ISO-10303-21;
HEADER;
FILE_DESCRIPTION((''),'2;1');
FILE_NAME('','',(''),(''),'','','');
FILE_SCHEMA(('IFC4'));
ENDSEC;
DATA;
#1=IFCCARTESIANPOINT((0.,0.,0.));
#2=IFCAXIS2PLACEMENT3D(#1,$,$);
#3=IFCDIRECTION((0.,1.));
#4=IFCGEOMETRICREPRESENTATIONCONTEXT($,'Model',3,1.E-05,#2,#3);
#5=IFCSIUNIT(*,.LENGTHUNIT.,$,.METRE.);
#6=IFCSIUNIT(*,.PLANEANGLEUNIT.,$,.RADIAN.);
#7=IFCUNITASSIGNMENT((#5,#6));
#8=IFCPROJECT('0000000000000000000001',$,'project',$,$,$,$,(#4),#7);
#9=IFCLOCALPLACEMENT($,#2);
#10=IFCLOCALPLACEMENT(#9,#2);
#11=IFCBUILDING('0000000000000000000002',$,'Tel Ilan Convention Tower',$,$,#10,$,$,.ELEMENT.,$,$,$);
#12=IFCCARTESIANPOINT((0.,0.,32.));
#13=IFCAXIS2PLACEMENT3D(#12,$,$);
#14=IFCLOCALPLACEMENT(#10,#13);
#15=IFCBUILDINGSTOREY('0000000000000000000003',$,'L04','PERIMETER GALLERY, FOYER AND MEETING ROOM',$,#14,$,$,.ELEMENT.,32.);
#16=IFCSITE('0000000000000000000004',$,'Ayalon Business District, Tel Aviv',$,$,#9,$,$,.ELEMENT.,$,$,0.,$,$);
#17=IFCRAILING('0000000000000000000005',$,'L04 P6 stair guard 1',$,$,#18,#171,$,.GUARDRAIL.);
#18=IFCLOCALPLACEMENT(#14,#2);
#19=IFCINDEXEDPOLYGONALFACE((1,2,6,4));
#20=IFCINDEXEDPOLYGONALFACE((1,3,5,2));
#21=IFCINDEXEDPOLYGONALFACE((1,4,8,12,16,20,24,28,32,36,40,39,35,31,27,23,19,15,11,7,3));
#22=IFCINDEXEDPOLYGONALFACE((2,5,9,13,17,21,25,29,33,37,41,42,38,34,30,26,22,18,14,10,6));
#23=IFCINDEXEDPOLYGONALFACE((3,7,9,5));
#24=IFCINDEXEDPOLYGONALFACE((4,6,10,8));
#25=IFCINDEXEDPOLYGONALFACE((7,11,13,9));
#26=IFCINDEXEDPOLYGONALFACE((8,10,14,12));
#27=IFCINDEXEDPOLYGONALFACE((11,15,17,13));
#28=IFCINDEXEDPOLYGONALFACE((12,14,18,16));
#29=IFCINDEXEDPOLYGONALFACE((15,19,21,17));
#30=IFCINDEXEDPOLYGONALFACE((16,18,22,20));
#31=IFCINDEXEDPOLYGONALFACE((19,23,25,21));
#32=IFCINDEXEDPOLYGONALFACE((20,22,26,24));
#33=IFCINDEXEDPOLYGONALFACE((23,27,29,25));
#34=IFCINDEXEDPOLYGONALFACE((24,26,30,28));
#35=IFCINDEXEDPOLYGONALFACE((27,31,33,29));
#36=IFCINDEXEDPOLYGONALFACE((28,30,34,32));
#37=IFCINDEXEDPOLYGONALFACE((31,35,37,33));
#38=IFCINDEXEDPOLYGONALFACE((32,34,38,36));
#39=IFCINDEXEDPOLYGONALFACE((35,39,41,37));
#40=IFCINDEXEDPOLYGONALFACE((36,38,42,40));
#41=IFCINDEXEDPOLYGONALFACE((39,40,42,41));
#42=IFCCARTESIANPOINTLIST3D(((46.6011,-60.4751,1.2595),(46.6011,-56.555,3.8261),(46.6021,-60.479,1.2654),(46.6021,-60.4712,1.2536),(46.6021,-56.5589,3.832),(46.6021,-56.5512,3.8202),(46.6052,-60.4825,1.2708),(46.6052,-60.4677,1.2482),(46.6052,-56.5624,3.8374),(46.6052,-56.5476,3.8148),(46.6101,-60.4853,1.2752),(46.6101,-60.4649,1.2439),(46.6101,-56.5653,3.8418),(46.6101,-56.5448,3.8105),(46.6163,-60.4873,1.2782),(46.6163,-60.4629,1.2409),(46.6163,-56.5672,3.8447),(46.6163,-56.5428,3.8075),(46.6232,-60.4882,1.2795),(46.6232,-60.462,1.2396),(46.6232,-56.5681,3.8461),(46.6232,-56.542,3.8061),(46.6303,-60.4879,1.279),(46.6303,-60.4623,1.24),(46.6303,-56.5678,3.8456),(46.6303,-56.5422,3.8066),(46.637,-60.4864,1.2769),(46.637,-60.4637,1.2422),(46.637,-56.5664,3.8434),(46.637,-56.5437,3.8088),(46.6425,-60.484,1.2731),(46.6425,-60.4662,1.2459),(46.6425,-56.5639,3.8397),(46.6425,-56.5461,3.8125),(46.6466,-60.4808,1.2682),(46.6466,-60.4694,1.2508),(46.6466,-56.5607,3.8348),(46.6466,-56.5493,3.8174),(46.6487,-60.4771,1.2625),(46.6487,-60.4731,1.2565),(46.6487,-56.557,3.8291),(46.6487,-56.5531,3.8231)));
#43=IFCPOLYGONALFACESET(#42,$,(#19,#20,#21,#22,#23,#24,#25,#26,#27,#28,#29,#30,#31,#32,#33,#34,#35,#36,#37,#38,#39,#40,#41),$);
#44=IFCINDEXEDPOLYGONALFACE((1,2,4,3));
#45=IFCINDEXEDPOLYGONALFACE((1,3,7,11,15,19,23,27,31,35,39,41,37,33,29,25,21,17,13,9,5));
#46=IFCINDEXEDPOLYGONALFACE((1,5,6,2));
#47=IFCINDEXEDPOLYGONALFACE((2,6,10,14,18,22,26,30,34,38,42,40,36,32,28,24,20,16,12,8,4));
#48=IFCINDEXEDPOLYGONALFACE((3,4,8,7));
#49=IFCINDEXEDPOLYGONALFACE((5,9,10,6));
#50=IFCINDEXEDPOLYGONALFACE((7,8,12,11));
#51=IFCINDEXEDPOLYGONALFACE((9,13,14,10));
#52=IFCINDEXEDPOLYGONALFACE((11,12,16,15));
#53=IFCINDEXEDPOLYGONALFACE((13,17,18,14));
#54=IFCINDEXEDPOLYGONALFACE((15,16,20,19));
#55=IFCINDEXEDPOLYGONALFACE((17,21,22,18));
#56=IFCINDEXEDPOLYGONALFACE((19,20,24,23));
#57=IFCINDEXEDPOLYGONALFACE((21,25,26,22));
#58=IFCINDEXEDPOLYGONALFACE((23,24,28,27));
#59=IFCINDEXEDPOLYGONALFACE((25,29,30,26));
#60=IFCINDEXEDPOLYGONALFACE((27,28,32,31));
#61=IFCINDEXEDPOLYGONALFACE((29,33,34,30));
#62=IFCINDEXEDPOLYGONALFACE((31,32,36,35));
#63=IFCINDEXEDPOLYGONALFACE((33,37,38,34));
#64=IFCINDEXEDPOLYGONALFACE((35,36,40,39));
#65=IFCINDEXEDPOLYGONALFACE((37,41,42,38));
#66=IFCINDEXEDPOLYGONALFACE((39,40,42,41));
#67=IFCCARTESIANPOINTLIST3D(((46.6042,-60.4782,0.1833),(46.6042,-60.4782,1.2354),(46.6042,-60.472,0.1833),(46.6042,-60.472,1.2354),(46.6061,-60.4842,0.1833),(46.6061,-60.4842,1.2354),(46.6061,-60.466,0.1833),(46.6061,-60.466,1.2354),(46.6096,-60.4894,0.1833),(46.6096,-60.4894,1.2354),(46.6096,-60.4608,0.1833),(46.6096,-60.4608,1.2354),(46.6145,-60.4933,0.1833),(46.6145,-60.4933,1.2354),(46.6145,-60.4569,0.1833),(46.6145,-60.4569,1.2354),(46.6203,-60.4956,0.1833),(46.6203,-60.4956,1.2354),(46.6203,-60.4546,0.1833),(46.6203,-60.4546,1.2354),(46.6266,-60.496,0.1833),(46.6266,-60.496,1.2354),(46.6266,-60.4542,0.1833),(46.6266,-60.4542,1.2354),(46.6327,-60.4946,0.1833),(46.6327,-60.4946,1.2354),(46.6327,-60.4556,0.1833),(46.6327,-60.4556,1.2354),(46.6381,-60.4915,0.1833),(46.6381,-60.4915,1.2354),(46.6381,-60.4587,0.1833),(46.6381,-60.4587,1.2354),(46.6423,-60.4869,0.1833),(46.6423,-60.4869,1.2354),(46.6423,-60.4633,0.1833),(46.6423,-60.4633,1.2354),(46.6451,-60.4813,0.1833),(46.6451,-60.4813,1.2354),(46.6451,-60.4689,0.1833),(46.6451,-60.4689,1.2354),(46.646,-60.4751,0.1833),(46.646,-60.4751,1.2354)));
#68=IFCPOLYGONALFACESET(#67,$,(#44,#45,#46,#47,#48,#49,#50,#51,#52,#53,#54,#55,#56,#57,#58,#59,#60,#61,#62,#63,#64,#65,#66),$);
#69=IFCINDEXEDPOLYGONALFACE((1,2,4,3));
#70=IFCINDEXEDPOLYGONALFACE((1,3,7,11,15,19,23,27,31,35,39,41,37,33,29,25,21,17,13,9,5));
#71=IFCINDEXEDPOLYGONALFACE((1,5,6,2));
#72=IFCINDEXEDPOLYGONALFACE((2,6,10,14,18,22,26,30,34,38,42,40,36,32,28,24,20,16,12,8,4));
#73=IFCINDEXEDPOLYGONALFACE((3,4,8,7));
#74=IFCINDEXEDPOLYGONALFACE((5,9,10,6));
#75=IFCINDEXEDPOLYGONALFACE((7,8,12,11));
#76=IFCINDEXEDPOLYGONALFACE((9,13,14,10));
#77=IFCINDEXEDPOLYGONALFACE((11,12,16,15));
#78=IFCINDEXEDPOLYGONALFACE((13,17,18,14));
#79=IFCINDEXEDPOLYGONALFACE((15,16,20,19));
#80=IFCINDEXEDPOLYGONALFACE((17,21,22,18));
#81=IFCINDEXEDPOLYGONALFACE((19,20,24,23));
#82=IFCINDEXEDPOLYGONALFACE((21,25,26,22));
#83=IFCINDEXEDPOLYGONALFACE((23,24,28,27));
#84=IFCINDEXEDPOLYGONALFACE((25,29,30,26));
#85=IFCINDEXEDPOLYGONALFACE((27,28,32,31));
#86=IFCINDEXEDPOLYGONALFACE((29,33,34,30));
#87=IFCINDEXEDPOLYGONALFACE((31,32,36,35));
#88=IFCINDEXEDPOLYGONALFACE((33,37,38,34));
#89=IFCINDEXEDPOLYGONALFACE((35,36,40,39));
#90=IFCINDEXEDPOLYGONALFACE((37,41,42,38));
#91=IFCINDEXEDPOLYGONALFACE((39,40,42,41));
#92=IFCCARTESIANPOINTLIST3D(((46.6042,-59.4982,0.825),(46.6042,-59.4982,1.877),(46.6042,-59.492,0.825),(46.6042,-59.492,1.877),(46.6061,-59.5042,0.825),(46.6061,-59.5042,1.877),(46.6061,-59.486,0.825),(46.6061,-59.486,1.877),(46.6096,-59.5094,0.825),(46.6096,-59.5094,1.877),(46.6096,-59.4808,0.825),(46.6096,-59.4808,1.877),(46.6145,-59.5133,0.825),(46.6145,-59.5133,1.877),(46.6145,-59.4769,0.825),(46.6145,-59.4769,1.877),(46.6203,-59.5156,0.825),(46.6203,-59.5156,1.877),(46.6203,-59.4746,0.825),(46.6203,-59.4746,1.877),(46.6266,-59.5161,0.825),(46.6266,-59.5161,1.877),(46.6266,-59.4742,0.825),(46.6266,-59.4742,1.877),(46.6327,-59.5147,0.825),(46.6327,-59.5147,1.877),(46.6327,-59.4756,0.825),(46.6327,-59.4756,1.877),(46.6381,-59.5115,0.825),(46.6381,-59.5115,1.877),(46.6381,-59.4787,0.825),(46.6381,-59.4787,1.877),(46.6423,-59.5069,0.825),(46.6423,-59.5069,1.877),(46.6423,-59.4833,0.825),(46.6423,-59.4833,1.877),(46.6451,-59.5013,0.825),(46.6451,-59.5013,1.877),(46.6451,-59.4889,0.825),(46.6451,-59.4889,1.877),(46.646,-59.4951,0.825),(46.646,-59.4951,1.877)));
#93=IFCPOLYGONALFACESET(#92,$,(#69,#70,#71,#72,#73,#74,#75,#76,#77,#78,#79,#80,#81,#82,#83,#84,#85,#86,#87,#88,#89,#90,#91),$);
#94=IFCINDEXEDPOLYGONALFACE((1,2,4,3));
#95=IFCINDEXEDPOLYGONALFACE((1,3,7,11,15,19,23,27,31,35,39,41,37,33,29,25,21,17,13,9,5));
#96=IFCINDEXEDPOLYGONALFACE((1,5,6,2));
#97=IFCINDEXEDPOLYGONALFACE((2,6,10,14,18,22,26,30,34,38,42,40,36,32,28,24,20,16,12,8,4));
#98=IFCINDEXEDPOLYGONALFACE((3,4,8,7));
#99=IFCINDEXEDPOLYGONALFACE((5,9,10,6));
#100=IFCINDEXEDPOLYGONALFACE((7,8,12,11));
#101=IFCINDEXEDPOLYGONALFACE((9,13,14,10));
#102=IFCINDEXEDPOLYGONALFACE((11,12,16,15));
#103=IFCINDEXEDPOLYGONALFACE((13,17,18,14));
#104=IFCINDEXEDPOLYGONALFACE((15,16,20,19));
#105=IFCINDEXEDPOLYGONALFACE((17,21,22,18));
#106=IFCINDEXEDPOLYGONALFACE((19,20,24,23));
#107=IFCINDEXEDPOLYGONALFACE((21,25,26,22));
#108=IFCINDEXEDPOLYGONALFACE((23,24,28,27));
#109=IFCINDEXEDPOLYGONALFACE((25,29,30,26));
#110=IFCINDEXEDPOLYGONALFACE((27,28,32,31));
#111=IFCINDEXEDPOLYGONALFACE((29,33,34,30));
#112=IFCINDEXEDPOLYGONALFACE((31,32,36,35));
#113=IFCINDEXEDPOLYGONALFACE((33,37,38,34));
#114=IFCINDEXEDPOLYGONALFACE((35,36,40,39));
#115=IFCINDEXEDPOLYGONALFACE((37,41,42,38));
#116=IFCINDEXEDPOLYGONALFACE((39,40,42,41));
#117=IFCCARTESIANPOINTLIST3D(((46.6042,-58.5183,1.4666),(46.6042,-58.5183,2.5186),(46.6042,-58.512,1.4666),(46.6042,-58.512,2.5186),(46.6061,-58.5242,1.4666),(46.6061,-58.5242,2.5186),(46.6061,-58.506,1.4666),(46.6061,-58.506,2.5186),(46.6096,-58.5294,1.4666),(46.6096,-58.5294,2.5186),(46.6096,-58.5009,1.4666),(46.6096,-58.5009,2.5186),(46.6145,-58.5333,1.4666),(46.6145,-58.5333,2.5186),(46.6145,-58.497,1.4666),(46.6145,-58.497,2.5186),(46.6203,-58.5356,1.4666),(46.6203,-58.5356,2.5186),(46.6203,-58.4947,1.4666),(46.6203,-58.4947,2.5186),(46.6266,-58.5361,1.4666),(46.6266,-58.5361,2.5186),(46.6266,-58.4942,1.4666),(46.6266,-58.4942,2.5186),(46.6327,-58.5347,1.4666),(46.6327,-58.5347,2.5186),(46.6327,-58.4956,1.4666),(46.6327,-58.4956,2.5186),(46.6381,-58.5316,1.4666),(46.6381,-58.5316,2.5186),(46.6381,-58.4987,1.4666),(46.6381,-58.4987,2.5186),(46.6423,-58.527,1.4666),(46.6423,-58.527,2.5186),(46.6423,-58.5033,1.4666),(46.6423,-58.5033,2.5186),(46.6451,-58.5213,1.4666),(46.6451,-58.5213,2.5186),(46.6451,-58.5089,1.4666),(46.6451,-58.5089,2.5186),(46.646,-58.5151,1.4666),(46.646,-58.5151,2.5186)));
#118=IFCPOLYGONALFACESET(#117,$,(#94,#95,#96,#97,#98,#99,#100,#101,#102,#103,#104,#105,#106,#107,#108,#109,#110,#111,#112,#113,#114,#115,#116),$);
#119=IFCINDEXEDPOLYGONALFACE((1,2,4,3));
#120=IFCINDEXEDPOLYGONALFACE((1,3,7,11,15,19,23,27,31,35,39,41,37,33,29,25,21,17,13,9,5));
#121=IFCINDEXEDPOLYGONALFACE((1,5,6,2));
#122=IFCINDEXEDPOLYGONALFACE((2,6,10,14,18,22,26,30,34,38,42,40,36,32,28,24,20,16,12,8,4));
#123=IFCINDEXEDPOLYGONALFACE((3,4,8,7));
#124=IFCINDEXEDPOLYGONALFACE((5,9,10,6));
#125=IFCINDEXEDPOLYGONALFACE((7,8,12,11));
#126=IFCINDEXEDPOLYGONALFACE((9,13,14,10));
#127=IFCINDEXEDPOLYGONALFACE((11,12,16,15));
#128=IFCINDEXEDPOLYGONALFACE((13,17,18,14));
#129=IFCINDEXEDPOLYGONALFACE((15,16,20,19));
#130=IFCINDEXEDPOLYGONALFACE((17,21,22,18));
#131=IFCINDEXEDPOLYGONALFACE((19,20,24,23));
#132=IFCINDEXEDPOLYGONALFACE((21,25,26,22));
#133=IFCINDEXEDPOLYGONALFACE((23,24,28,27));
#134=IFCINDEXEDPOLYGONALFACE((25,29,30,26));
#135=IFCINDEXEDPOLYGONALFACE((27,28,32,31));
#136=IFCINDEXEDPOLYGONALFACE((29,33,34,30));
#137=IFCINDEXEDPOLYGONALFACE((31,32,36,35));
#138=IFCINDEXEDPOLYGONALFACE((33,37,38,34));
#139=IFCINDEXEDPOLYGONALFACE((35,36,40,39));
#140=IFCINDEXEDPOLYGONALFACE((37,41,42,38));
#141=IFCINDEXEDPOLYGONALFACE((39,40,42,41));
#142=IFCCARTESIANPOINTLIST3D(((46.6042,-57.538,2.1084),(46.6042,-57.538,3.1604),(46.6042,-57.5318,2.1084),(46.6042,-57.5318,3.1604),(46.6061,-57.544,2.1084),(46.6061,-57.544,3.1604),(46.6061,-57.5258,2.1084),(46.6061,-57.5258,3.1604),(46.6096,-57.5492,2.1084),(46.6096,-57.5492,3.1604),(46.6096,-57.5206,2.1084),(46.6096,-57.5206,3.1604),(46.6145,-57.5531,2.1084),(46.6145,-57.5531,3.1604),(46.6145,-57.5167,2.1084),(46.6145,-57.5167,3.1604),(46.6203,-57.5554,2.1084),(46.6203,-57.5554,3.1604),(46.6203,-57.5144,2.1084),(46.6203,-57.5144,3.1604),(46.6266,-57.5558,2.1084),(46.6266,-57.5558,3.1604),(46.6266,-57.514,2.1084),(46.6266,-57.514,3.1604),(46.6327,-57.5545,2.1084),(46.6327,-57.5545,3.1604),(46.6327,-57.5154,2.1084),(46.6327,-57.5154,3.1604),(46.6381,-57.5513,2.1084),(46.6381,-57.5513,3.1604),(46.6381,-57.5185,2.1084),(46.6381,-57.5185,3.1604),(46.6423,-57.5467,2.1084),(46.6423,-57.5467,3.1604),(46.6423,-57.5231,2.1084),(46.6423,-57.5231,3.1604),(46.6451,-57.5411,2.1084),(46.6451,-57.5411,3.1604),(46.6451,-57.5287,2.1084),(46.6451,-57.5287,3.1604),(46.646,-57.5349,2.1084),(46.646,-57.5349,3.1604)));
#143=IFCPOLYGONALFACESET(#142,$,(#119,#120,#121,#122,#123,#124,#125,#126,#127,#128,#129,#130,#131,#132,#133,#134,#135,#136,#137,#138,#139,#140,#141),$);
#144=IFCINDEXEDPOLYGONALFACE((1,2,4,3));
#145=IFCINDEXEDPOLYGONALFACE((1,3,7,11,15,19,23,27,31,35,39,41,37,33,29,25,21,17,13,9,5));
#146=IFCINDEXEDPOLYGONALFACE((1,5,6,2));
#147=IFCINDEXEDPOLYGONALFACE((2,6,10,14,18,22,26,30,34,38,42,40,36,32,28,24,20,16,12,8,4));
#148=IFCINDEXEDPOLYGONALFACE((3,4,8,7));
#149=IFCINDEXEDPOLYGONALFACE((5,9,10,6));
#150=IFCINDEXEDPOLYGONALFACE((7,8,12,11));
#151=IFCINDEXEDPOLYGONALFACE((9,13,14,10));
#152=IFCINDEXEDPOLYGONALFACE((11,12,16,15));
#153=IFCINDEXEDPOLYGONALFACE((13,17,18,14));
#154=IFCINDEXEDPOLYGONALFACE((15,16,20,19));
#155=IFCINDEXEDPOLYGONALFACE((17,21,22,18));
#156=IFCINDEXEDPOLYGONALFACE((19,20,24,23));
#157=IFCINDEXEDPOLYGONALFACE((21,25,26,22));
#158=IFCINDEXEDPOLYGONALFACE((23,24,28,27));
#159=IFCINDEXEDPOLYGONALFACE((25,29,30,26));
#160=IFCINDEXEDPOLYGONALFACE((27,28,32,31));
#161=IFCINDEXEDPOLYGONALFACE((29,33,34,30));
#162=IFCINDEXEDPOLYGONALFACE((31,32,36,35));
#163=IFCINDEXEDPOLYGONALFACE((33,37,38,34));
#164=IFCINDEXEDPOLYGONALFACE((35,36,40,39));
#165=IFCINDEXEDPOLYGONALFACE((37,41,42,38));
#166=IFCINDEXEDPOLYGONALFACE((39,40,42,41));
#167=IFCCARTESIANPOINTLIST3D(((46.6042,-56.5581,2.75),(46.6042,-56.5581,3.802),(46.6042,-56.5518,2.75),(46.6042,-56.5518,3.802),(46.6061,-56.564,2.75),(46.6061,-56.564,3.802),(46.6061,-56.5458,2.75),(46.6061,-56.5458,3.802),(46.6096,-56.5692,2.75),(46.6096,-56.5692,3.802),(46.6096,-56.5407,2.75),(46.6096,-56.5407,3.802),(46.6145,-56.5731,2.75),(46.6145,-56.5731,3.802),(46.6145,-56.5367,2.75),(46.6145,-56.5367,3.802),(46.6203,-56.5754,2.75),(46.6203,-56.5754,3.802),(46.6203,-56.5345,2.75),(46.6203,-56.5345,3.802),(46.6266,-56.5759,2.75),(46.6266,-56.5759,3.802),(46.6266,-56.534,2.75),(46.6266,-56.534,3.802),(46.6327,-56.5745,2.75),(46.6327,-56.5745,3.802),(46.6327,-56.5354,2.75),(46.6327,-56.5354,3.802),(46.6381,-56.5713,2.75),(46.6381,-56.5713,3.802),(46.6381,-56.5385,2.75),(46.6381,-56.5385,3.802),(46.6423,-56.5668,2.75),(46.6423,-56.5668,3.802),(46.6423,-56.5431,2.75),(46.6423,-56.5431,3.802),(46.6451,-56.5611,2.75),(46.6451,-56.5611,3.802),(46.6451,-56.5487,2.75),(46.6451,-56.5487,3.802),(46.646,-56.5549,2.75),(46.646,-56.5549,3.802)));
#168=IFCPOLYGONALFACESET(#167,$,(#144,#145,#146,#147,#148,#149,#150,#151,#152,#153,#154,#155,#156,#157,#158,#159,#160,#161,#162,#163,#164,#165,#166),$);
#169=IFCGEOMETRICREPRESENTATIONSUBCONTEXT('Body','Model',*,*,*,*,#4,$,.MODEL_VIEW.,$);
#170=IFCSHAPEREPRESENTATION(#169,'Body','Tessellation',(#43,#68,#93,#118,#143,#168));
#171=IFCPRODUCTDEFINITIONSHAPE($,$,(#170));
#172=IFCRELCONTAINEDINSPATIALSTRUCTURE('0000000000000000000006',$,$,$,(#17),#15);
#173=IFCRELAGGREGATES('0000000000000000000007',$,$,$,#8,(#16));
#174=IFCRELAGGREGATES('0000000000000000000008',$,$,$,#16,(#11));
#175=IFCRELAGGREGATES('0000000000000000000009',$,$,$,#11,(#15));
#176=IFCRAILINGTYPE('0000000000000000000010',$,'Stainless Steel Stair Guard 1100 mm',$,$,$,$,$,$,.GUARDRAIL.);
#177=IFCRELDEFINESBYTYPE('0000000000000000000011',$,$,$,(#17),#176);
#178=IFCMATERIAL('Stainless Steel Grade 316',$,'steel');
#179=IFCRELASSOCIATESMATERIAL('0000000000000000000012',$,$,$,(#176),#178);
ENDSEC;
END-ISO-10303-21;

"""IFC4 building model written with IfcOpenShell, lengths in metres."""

from ifc_helpers import new_model, si_unit, direction, frame, origin, origin_2d, place, context, subcontext, project, spatial, circle, extrude, material, type_object, element, save


model = new_model("IFC4")

# Units and contexts
model_context = context("Model", 3, precision=1e-05, world=origin(), true_north=direction((0.0, 1.0)))
body_context = subcontext(model_context, "Body", "Model", "MODEL_VIEW")
ifc_project = project(units=[si_unit("LENGTHUNIT", "METRE"), si_unit("PLANEANGLEUNIT", "RADIAN")], contexts=[model_context])

# Site, building, storey
site_placement = place(None, origin())
site = spatial("IfcSite", under=ifc_project, at=site_placement, Name="Ayalon Business District, Tel Aviv", CompositionType="ELEMENT", RefElevation=0.0)
building_placement = place(site_placement, origin())
building = spatial("IfcBuilding", under=site, at=building_placement, Name="Tel Ilan Convention Tower", CompositionType="ELEMENT")
storey_placement = place(building_placement, frame((0.0, 0.0, 32.0)))
storey = spatial("IfcBuildingStorey", under=building, at=storey_placement, Name="L04", Description="PERIMETER GALLERY, FOYER AND MEETING ROOM", CompositionType="ELEMENT", Elevation=32.0)

# Railing
ifc_material_1 = material(Name="Stainless Steel Grade 316", Category="steel")
railing_type_1 = type_object("IfcRailingType", Name="Stainless Steel Stair Guard 1100 mm", PredefinedType="GUARDRAIL", material=ifc_material_1)
railing_1_placement = place(storey_placement, frame((46.625, -60.4751, 0.1833)))
element("IfcRailing", 1, at=railing_1_placement, inside=storey, type_object=railing_type_1, Name="L04 P6 stair guard 1", PredefinedType="GUARDRAIL", context=body_context, shape_type="SweptSolid", body=[
    extrude(circle(Radius=0.0239, at=origin_2d()), frame((0.0, 0.0, 1.0762), z_axis=(0.0, 0.836631, 0.547767), x_axis=(-1.0, 0.0, 0.0)), (0.0, 0.0, 1.0), 4.6855),
    extrude(circle(Radius=0.021, at=origin_2d()), origin(), (0.0, 0.0, 1.0), 1.052),
    extrude(circle(Radius=0.021, at=origin_2d()), frame((0.0, 0.98, 0.6416)), (0.0, 0.0, 1.0), 1.052),
    extrude(circle(Radius=0.021, at=origin_2d()), frame((0.0, 1.96, 1.2832)), (0.0, 0.0, 1.0), 1.052),
    extrude(circle(Radius=0.021, at=origin_2d()), frame((0.0, 2.9402, 1.925)), (0.0, 0.0, 1.0), 1.052),
    extrude(circle(Radius=0.021, at=origin_2d()), frame((0.0, 3.9202, 2.5667)), (0.0, 0.0, 1.0), 1.052),
])

save(model, "model.ifc")
